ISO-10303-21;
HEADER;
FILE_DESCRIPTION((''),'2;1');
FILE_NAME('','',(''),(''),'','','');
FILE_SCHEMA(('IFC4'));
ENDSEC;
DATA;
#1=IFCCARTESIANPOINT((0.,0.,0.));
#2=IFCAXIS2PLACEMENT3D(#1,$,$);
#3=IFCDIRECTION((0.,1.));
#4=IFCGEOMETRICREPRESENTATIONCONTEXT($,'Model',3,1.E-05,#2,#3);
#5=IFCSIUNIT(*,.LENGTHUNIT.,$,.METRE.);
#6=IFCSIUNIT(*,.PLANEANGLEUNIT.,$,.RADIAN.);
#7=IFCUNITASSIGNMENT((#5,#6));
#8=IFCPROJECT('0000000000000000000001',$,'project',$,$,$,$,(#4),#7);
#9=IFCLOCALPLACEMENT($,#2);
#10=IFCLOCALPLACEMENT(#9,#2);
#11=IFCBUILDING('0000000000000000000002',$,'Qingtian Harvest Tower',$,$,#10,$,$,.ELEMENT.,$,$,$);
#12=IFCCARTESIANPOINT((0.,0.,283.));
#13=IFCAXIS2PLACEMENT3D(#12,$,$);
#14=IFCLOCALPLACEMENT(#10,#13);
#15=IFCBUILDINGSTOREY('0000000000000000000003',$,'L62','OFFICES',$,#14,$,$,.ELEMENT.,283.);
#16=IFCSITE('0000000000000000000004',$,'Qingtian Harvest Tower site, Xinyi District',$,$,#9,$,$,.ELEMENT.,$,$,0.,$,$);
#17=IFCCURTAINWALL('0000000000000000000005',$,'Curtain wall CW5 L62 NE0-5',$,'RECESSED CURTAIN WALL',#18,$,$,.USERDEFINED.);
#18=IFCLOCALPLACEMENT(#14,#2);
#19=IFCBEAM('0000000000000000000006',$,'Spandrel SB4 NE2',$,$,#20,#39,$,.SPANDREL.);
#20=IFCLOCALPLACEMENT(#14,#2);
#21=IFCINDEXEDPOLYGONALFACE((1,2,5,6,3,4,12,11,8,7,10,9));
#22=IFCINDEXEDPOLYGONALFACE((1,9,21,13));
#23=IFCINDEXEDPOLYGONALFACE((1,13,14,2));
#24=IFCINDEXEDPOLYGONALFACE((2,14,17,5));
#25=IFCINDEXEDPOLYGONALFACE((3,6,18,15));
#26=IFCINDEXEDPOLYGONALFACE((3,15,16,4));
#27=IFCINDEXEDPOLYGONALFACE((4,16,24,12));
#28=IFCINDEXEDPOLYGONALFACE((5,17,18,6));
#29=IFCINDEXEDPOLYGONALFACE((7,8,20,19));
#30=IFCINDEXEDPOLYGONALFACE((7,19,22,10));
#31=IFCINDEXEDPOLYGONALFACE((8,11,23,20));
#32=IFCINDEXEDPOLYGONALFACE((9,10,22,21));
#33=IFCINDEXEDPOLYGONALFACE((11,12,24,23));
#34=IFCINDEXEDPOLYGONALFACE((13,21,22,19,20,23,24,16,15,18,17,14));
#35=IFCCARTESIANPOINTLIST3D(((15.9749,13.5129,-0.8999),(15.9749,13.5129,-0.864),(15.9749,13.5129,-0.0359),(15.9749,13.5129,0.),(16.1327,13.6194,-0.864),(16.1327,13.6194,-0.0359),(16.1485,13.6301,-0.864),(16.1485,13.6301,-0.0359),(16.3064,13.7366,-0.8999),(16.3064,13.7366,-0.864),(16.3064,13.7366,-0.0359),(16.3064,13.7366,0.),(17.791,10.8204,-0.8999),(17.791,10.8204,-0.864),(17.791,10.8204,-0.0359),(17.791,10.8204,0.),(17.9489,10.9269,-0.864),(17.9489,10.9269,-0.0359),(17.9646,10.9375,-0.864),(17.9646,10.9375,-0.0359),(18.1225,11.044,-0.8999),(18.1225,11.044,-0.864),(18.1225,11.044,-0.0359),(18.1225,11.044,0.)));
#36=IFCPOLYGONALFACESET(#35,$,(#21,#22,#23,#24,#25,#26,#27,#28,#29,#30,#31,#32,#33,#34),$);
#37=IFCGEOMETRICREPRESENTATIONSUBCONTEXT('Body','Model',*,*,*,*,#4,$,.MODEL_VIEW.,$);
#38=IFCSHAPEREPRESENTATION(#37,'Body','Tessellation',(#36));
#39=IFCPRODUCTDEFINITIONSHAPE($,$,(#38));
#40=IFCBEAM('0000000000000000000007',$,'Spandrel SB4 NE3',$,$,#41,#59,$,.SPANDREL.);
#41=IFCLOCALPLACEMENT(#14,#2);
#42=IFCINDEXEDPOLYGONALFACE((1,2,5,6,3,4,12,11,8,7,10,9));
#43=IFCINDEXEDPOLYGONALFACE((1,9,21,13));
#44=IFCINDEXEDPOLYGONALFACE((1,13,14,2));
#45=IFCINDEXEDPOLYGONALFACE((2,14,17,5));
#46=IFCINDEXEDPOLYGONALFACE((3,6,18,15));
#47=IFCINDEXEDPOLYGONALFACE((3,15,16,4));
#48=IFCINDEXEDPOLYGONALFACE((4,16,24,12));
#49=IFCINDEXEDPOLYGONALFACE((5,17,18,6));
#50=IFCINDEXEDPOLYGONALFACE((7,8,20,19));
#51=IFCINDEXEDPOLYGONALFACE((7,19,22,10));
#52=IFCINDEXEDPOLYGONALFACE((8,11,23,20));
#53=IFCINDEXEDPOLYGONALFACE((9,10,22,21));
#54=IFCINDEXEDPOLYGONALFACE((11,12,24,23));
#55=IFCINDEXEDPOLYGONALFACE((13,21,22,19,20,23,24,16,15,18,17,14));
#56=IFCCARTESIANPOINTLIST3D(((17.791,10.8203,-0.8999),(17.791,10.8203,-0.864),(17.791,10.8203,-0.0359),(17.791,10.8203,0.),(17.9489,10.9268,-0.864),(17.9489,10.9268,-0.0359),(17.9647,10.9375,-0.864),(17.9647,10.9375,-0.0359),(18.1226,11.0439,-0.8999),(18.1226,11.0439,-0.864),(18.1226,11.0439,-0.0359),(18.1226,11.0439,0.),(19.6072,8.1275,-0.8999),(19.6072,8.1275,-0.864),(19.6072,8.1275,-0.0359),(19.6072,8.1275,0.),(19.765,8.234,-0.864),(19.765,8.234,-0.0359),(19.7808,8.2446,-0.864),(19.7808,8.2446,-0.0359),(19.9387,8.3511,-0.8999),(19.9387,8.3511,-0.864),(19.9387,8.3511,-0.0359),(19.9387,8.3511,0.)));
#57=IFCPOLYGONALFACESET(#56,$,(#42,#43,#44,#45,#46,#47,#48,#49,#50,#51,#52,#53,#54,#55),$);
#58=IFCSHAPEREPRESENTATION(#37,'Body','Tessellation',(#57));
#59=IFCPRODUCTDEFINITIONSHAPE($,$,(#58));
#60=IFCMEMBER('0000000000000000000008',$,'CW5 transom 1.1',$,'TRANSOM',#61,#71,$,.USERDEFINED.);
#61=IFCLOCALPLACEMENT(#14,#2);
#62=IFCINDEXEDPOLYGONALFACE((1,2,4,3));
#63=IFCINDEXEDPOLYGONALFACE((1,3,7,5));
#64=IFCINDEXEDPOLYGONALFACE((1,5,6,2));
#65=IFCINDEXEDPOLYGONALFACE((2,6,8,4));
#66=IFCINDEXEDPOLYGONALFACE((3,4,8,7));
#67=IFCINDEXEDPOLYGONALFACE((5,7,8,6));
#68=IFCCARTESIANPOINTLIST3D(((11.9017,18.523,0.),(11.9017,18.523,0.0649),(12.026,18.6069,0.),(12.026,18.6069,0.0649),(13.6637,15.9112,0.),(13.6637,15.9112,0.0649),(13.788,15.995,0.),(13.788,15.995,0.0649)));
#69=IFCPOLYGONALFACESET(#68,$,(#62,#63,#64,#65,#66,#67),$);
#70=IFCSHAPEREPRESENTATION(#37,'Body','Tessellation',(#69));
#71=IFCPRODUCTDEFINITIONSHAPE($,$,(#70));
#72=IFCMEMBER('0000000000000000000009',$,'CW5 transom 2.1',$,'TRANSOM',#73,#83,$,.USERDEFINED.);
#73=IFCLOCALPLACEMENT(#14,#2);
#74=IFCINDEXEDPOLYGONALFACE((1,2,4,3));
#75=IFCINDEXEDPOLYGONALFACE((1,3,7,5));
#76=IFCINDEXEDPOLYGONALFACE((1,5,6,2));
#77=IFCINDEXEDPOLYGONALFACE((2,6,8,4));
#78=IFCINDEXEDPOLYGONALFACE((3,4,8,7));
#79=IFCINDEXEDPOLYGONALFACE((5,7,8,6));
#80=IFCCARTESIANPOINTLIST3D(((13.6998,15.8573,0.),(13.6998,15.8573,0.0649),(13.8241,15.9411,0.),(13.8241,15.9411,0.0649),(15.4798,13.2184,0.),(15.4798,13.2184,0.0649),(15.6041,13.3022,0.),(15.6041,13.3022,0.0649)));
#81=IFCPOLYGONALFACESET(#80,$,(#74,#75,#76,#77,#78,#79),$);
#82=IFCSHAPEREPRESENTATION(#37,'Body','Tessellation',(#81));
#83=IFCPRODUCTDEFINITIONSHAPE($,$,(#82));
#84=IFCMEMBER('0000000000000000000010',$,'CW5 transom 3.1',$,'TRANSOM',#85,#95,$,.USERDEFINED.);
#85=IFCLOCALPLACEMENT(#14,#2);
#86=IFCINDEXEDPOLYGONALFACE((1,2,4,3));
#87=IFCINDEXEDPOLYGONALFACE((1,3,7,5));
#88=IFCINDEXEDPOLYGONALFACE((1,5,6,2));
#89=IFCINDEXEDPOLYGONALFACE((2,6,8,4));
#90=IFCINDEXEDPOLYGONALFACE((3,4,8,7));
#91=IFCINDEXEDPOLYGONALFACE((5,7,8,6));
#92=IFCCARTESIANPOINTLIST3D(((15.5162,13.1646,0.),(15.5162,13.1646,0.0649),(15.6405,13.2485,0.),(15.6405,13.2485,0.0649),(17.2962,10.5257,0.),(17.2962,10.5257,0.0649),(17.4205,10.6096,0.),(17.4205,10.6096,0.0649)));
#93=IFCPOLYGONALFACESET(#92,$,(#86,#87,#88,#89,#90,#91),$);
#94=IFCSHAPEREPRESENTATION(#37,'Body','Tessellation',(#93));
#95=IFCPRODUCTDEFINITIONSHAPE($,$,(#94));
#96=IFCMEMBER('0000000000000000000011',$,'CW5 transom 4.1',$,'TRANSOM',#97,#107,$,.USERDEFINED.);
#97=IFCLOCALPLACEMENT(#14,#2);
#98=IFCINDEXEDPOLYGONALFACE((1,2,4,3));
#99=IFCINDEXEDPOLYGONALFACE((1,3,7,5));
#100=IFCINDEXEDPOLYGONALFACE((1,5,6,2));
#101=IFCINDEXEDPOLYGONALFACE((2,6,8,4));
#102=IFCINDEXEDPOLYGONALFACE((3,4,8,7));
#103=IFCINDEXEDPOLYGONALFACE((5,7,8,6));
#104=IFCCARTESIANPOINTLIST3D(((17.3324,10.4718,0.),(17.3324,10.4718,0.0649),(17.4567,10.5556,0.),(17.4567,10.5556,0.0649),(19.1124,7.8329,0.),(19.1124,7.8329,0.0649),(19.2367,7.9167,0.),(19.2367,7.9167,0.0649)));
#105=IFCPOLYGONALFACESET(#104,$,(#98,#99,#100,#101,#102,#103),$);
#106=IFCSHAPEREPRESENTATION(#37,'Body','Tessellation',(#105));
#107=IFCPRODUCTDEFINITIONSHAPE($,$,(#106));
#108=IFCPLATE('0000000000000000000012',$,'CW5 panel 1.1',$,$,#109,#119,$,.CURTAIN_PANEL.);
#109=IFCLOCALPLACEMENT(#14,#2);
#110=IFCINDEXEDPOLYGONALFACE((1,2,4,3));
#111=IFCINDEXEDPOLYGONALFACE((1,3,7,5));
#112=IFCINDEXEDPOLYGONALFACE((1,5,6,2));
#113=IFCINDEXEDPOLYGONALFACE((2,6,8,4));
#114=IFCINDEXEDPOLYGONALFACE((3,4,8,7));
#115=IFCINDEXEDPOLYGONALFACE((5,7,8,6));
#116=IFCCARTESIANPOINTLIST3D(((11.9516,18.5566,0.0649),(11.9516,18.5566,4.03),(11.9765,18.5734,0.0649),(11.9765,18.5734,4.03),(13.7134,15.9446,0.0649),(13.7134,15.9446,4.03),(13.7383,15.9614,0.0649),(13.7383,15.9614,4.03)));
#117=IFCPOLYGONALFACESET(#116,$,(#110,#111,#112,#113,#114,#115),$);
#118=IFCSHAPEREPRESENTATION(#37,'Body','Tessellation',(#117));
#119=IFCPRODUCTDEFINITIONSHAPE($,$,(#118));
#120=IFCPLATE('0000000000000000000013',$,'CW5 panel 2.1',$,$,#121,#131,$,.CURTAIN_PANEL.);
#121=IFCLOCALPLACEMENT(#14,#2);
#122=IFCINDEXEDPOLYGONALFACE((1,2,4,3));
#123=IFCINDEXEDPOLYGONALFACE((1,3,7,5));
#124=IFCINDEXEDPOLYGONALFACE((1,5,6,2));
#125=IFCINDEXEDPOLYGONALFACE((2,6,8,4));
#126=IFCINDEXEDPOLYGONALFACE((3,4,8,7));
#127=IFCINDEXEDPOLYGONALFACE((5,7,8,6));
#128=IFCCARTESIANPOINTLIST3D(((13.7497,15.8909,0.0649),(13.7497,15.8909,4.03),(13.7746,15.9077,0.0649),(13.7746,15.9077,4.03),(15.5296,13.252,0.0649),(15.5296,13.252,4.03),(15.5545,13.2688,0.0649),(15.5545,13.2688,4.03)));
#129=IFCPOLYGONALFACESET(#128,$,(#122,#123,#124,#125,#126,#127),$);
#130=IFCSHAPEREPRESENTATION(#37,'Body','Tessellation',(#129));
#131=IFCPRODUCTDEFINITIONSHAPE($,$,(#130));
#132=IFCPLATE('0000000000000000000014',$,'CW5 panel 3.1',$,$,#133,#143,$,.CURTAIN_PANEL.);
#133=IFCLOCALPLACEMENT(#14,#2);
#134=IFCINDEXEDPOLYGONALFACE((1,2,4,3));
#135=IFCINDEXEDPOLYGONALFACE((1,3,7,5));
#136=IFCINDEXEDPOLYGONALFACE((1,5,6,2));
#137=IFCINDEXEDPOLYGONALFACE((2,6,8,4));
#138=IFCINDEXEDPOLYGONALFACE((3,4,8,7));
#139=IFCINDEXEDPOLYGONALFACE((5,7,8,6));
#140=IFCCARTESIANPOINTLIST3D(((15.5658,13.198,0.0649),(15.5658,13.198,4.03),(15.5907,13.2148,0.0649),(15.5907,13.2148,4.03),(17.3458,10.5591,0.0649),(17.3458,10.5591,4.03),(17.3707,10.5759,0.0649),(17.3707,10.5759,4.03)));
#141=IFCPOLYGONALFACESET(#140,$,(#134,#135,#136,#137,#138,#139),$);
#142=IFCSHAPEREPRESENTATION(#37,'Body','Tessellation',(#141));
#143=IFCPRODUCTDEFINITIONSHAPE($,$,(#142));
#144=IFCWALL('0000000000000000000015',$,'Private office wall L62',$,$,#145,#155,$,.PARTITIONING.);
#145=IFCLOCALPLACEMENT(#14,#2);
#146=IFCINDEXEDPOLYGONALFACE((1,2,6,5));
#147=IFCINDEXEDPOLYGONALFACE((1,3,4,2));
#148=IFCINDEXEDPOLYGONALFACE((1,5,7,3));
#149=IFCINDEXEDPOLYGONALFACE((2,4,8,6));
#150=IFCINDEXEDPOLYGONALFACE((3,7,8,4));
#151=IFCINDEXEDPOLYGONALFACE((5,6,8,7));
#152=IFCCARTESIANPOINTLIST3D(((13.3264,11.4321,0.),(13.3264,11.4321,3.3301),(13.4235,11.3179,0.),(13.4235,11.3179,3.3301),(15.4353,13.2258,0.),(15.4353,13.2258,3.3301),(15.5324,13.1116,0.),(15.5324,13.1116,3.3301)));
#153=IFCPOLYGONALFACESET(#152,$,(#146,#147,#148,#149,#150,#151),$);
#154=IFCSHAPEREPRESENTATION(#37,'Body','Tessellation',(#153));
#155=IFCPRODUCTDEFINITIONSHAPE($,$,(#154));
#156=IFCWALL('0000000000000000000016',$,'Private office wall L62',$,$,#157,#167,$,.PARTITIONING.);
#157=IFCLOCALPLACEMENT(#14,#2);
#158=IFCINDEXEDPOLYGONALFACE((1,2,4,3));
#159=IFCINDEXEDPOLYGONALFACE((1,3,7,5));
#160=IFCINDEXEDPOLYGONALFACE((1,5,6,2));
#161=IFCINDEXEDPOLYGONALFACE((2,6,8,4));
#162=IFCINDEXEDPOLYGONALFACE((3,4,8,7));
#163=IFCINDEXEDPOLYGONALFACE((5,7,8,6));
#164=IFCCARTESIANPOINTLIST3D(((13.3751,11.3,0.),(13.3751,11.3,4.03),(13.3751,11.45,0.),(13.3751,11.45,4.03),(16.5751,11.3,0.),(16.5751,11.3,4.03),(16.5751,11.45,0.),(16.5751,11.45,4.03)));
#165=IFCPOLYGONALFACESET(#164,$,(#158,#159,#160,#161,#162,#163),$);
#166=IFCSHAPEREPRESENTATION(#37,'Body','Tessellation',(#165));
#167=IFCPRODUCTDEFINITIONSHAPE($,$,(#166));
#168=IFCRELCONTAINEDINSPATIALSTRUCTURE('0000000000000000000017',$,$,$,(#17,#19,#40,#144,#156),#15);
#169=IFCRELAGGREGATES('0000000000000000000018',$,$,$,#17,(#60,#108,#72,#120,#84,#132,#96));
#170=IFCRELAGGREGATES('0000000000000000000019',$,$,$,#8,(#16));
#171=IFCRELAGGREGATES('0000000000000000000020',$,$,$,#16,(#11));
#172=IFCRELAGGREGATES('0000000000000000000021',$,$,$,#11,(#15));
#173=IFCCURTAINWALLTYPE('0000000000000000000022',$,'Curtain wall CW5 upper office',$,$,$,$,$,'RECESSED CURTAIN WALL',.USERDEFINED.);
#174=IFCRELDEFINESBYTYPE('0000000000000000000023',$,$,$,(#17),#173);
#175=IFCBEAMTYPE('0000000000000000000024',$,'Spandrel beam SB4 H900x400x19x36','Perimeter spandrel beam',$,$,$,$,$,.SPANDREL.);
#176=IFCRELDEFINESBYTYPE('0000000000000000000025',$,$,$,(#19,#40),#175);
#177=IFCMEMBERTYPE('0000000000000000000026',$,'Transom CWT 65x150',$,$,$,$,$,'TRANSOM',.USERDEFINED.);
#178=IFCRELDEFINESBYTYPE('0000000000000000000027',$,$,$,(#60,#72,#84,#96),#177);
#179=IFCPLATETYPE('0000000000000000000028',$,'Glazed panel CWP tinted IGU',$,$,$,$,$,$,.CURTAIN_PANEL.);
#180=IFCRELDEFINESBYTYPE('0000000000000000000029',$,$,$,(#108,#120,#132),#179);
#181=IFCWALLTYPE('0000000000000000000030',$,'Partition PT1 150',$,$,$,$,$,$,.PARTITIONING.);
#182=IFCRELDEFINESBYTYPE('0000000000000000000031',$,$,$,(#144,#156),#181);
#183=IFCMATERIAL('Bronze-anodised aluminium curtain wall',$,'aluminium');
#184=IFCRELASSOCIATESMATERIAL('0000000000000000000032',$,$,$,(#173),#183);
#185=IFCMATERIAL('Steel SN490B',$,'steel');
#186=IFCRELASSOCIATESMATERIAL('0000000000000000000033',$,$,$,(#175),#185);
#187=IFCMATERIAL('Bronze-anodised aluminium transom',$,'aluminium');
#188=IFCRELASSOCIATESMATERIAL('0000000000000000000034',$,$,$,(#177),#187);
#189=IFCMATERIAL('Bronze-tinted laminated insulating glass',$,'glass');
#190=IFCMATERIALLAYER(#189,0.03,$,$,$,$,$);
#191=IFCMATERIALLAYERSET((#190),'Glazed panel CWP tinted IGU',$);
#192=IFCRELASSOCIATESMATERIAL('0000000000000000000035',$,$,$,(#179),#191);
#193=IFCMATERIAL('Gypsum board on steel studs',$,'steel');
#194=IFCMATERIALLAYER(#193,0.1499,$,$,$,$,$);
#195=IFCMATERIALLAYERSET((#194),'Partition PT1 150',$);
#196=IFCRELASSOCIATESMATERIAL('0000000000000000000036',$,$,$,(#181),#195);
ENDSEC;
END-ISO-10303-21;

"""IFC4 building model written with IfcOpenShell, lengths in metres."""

from ifc_helpers import new_model, si_unit, direction, frame, frame_2d, origin, origin_2d, place, context, subcontext, project, spatial, rectangle, i_section, extrude, material, layer, layer_set, material_profile, profile_set, type_object, element, aggregate, save


model = new_model("IFC4")

# Units and contexts
model_context = context("Model", 3, precision=1e-05, world=origin(), true_north=direction((0.0, 1.0)))
body_context = subcontext(model_context, "Body", "Model", "MODEL_VIEW")
ifc_project = project(units=[si_unit("LENGTHUNIT", "METRE"), si_unit("PLANEANGLEUNIT", "RADIAN")], contexts=[model_context])

# Site, building, storey
site_placement = place(None, origin())
site = spatial("IfcSite", under=ifc_project, at=site_placement, Name="Qingtian Harvest Tower site, Xinyi District", CompositionType="ELEMENT", RefElevation=0.0)
building_placement = place(site_placement, origin())
building = spatial("IfcBuilding", under=site, at=building_placement, Name="Qingtian Harvest Tower", CompositionType="ELEMENT")
storey_placement = place(building_placement, frame((0.0, 0.0, 283.0)))
storey = spatial("IfcBuildingStorey", under=building, at=storey_placement, Name="L62", Description="OFFICES", CompositionType="ELEMENT", Elevation=283.0)

# Shared definitions
ifc_material_1 = material(Name="Bronze-anodised aluminium curtain wall", Category="aluminium")
curtain_wall_type = type_object("IfcCurtainWallType", Name="Curtain wall CW5 upper office", ElementType="RECESSED CURTAIN WALL", PredefinedType="USERDEFINED", material=ifc_material_1)

# Curtain wall
curtain_wall_1_placement = place(storey_placement, origin())
curtain_wall_1 = element("IfcCurtainWall", 1, at=curtain_wall_1_placement, inside=storey, type_object=curtain_wall_type, Name="Curtain wall CW5 L62 NE0-5", ObjectType="RECESSED CURTAIN WALL", PredefinedType="USERDEFINED")

# Beams
ifc_material_2 = material(Name="Steel SN490B", Category="steel")
ifc_material_profile_1 = material_profile(ifc_material_2, i_section(OverallWidth=0.3999, OverallDepth=0.8999, WebThickness=0.019, FlangeThickness=0.0359, at=origin_2d()), Name="H900x400x19x36")
ifc_profile_set_1 = profile_set([ifc_material_profile_1], Name="Steel SN490B")
beam_type_1 = type_object("IfcBeamType", Name="Spandrel beam SB4 H900x400x19x36", Description="Perimeter spandrel beam", PredefinedType="SPANDREL", material=ifc_profile_set_1)
beam_1_placement = place(storey_placement, frame((16.1406, 13.6248, -0.45), z_axis=(0.559185, -0.829043, 0.0), x_axis=(0.829043, 0.559185, 0.0)))
element("IfcBeam", 2, at=beam_1_placement, inside=storey, type_object=beam_type_1, Name="Spandrel SB4 NE2", PredefinedType="SPANDREL", context=body_context, shape_type="SweptSolid", body=[
    extrude(i_section(OverallWidth=0.3999, OverallDepth=0.8999, WebThickness=0.019, FlangeThickness=0.0359, at=origin_2d()), origin(), (0.0, 0.0, 1.0), 3.2478),
])
beam_2_placement = place(storey_placement, frame((17.9568, 10.9321, -0.45), z_axis=(0.55915, -0.829066, 0.0), x_axis=(0.829066, 0.55915, 0.0)))
element("IfcBeam", 3, at=beam_2_placement, inside=storey, type_object=beam_type_1, Name="Spandrel SB4 NE3", PredefinedType="SPANDREL", context=body_context, shape_type="SweptSolid", body=[
    extrude(i_section(OverallWidth=0.3999, OverallDepth=0.8999, WebThickness=0.019, FlangeThickness=0.0359, at=origin_2d()), origin(), (0.0, 0.0, 1.0), 3.248),
])

# Members
ifc_material_3 = material(Name="Bronze-anodised aluminium transom", Category="aluminium")
ifc_material_profile_2 = material_profile(ifc_material_3, rectangle(XDim=0.1499, YDim=0.0649, at=origin_2d()), Name="AL 65x150")
ifc_profile_set_2 = profile_set([ifc_material_profile_2], Name="Bronze-anodised aluminium transom")
member_type_1 = type_object("IfcMemberType", Name="Transom CWT 65x150", ElementType="TRANSOM", PredefinedType="USERDEFINED", material=ifc_profile_set_2)
member_1_placement = place(storey_placement, frame((11.9639, 18.5649, 0.0325), z_axis=(0.559252, -0.828998, 0.0), x_axis=(0.828998, 0.559252, 0.0)))
member_1 = element("IfcMember", 4, at=member_1_placement, type_object=member_type_1, Name="CW5 transom 1.1", ObjectType="TRANSOM", PredefinedType="USERDEFINED", context=body_context, shape_type="SweptSolid", body=[
    extrude(rectangle(XDim=0.1499, YDim=0.0649, at=origin_2d()), origin(), (0.0, 0.0, 1.0), 3.1506),
])
member_2_placement = place(storey_placement, frame((13.762, 15.8992, 0.0325), z_axis=(0.559205, -0.829029, 0.0), x_axis=(0.829029, 0.559205, 0.0)))
member_2 = element("IfcMember", 5, at=member_2_placement, type_object=member_type_1, Name="CW5 transom 2.1", ObjectType="TRANSOM", PredefinedType="USERDEFINED", context=body_context, shape_type="SweptSolid", body=[
    extrude(rectangle(XDim=0.1499, YDim=0.0649, at=origin_2d()), origin(), (0.0, 0.0, 1.0), 3.1831),
])
member_3_placement = place(storey_placement, frame((15.5784, 13.2065, 0.0325), z_axis=(0.559205, -0.829029, 0.0), x_axis=(0.829029, 0.559205, 0.0)))
member_3 = element("IfcMember", 6, at=member_3_placement, type_object=member_type_1, Name="CW5 transom 3.1", ObjectType="TRANSOM", PredefinedType="USERDEFINED", context=body_context, shape_type="SweptSolid", body=[
    extrude(rectangle(XDim=0.1499, YDim=0.0649, at=origin_2d()), origin(), (0.0, 0.0, 1.0), 3.1831),
])
member_4_placement = place(storey_placement, frame((17.3945, 10.5137, 0.0325), z_axis=(0.559205, -0.829029, 0.0), x_axis=(0.829029, 0.559205, 0.0)))
member_4 = element("IfcMember", 7, at=member_4_placement, type_object=member_type_1, Name="CW5 transom 4.1", ObjectType="TRANSOM", PredefinedType="USERDEFINED", context=body_context, shape_type="SweptSolid", body=[
    extrude(rectangle(XDim=0.1499, YDim=0.0649, at=origin_2d()), origin(), (0.0, 0.0, 1.0), 3.1831),
])

# Plates
ifc_material_4 = material(Name="Bronze-tinted laminated insulating glass", Category="glass")
ifc_layer_1 = layer(ifc_material_4, 0.03)
ifc_layer_set_1 = layer_set([ifc_layer_1], Name="Glazed panel CWP tinted IGU")
plate_type = type_object("IfcPlateType", Name="Glazed panel CWP tinted IGU", PredefinedType="CURTAIN_PANEL", material=ifc_layer_set_1)
plate_1_placement = place(storey_placement, frame((12.845, 17.259, 0.0649), z_axis=(0.0, 0.0, 1.0), x_axis=(0.559193, -0.829038, 0.0)))
plate_1 = element("IfcPlate", 8, at=plate_1_placement, type_object=plate_type, Name="CW5 panel 1.1", PredefinedType="CURTAIN_PANEL", context=body_context, shape_type="SweptSolid", body=[
    extrude(rectangle(XDim=3.1506, YDim=0.03, at=origin_2d()), origin(), (0.0, 0.0, 1.0), 3.9651),
])
plate_2_placement = place(storey_placement, frame((14.6521, 14.5798, 0.0649), z_axis=(0.0, 0.0, 1.0), x_axis=(0.559193, -0.829038, 0.0)))
plate_2 = element("IfcPlate", 9, at=plate_2_placement, type_object=plate_type, Name="CW5 panel 2.1", PredefinedType="CURTAIN_PANEL", context=body_context, shape_type="SweptSolid", body=[
    extrude(rectangle(XDim=3.1831, YDim=0.03, at=origin_2d()), origin(), (0.0, 0.0, 1.0), 3.9651),
])
plate_3_placement = place(storey_placement, frame((16.4683, 11.887, 0.0649), z_axis=(0.0, 0.0, 1.0), x_axis=(0.559193, -0.829038, 0.0)))
plate_3 = element("IfcPlate", 10, at=plate_3_placement, type_object=plate_type, Name="CW5 panel 3.1", PredefinedType="CURTAIN_PANEL", context=body_context, shape_type="SweptSolid", body=[
    extrude(rectangle(XDim=3.1831, YDim=0.03, at=origin_2d()), origin(), (0.0, 0.0, 1.0), 3.9651),
])
aggregate(curtain_wall_1, [member_1, plate_1, member_2, plate_2, member_3, plate_3, member_4])

# Walls
ifc_material_5 = material(Name="Gypsum board on steel studs", Category="steel")
ifc_layer_2 = layer(ifc_material_5, 0.1499)
ifc_layer_set_2 = layer_set([ifc_layer_2], Name="Partition PT1 150")
wall_type = type_object("IfcWallType", Name="Partition PT1 150", PredefinedType="PARTITIONING", material=ifc_layer_set_2)
wall_1_placement = place(storey_placement, frame((15.4839, 13.1687, 0.0), z_axis=(0.0, 0.0, 1.0), x_axis=(-0.761735, -0.647889, 0.0)))
element("IfcWall", 11, at=wall_1_placement, inside=storey, type_object=wall_type, Name="Private office wall L62", PredefinedType="PARTITIONING", context=body_context, shape_type="SweptSolid", body=[
    extrude(rectangle(XDim=2.7686, YDim=0.1499, at=frame_2d((1.3843, 0.0))), origin(), (0.0, 0.0, 1.0), 3.3301),
])
wall_2_placement = place(storey_placement, frame((13.375, 11.375, 0.0), z_axis=(0.0, 0.0, 1.0), x_axis=(1.0, 0.0, 0.0)))
element("IfcWall", 12, at=wall_2_placement, inside=storey, type_object=wall_type, Name="Private office wall L62", PredefinedType="PARTITIONING", context=body_context, shape_type="SweptSolid", body=[
    extrude(rectangle(XDim=3.2, YDim=0.1499, at=frame_2d((1.6001, 0.0))), origin(), (0.0, 0.0, 1.0), 4.03),
])

save(model, "model.ifc")
